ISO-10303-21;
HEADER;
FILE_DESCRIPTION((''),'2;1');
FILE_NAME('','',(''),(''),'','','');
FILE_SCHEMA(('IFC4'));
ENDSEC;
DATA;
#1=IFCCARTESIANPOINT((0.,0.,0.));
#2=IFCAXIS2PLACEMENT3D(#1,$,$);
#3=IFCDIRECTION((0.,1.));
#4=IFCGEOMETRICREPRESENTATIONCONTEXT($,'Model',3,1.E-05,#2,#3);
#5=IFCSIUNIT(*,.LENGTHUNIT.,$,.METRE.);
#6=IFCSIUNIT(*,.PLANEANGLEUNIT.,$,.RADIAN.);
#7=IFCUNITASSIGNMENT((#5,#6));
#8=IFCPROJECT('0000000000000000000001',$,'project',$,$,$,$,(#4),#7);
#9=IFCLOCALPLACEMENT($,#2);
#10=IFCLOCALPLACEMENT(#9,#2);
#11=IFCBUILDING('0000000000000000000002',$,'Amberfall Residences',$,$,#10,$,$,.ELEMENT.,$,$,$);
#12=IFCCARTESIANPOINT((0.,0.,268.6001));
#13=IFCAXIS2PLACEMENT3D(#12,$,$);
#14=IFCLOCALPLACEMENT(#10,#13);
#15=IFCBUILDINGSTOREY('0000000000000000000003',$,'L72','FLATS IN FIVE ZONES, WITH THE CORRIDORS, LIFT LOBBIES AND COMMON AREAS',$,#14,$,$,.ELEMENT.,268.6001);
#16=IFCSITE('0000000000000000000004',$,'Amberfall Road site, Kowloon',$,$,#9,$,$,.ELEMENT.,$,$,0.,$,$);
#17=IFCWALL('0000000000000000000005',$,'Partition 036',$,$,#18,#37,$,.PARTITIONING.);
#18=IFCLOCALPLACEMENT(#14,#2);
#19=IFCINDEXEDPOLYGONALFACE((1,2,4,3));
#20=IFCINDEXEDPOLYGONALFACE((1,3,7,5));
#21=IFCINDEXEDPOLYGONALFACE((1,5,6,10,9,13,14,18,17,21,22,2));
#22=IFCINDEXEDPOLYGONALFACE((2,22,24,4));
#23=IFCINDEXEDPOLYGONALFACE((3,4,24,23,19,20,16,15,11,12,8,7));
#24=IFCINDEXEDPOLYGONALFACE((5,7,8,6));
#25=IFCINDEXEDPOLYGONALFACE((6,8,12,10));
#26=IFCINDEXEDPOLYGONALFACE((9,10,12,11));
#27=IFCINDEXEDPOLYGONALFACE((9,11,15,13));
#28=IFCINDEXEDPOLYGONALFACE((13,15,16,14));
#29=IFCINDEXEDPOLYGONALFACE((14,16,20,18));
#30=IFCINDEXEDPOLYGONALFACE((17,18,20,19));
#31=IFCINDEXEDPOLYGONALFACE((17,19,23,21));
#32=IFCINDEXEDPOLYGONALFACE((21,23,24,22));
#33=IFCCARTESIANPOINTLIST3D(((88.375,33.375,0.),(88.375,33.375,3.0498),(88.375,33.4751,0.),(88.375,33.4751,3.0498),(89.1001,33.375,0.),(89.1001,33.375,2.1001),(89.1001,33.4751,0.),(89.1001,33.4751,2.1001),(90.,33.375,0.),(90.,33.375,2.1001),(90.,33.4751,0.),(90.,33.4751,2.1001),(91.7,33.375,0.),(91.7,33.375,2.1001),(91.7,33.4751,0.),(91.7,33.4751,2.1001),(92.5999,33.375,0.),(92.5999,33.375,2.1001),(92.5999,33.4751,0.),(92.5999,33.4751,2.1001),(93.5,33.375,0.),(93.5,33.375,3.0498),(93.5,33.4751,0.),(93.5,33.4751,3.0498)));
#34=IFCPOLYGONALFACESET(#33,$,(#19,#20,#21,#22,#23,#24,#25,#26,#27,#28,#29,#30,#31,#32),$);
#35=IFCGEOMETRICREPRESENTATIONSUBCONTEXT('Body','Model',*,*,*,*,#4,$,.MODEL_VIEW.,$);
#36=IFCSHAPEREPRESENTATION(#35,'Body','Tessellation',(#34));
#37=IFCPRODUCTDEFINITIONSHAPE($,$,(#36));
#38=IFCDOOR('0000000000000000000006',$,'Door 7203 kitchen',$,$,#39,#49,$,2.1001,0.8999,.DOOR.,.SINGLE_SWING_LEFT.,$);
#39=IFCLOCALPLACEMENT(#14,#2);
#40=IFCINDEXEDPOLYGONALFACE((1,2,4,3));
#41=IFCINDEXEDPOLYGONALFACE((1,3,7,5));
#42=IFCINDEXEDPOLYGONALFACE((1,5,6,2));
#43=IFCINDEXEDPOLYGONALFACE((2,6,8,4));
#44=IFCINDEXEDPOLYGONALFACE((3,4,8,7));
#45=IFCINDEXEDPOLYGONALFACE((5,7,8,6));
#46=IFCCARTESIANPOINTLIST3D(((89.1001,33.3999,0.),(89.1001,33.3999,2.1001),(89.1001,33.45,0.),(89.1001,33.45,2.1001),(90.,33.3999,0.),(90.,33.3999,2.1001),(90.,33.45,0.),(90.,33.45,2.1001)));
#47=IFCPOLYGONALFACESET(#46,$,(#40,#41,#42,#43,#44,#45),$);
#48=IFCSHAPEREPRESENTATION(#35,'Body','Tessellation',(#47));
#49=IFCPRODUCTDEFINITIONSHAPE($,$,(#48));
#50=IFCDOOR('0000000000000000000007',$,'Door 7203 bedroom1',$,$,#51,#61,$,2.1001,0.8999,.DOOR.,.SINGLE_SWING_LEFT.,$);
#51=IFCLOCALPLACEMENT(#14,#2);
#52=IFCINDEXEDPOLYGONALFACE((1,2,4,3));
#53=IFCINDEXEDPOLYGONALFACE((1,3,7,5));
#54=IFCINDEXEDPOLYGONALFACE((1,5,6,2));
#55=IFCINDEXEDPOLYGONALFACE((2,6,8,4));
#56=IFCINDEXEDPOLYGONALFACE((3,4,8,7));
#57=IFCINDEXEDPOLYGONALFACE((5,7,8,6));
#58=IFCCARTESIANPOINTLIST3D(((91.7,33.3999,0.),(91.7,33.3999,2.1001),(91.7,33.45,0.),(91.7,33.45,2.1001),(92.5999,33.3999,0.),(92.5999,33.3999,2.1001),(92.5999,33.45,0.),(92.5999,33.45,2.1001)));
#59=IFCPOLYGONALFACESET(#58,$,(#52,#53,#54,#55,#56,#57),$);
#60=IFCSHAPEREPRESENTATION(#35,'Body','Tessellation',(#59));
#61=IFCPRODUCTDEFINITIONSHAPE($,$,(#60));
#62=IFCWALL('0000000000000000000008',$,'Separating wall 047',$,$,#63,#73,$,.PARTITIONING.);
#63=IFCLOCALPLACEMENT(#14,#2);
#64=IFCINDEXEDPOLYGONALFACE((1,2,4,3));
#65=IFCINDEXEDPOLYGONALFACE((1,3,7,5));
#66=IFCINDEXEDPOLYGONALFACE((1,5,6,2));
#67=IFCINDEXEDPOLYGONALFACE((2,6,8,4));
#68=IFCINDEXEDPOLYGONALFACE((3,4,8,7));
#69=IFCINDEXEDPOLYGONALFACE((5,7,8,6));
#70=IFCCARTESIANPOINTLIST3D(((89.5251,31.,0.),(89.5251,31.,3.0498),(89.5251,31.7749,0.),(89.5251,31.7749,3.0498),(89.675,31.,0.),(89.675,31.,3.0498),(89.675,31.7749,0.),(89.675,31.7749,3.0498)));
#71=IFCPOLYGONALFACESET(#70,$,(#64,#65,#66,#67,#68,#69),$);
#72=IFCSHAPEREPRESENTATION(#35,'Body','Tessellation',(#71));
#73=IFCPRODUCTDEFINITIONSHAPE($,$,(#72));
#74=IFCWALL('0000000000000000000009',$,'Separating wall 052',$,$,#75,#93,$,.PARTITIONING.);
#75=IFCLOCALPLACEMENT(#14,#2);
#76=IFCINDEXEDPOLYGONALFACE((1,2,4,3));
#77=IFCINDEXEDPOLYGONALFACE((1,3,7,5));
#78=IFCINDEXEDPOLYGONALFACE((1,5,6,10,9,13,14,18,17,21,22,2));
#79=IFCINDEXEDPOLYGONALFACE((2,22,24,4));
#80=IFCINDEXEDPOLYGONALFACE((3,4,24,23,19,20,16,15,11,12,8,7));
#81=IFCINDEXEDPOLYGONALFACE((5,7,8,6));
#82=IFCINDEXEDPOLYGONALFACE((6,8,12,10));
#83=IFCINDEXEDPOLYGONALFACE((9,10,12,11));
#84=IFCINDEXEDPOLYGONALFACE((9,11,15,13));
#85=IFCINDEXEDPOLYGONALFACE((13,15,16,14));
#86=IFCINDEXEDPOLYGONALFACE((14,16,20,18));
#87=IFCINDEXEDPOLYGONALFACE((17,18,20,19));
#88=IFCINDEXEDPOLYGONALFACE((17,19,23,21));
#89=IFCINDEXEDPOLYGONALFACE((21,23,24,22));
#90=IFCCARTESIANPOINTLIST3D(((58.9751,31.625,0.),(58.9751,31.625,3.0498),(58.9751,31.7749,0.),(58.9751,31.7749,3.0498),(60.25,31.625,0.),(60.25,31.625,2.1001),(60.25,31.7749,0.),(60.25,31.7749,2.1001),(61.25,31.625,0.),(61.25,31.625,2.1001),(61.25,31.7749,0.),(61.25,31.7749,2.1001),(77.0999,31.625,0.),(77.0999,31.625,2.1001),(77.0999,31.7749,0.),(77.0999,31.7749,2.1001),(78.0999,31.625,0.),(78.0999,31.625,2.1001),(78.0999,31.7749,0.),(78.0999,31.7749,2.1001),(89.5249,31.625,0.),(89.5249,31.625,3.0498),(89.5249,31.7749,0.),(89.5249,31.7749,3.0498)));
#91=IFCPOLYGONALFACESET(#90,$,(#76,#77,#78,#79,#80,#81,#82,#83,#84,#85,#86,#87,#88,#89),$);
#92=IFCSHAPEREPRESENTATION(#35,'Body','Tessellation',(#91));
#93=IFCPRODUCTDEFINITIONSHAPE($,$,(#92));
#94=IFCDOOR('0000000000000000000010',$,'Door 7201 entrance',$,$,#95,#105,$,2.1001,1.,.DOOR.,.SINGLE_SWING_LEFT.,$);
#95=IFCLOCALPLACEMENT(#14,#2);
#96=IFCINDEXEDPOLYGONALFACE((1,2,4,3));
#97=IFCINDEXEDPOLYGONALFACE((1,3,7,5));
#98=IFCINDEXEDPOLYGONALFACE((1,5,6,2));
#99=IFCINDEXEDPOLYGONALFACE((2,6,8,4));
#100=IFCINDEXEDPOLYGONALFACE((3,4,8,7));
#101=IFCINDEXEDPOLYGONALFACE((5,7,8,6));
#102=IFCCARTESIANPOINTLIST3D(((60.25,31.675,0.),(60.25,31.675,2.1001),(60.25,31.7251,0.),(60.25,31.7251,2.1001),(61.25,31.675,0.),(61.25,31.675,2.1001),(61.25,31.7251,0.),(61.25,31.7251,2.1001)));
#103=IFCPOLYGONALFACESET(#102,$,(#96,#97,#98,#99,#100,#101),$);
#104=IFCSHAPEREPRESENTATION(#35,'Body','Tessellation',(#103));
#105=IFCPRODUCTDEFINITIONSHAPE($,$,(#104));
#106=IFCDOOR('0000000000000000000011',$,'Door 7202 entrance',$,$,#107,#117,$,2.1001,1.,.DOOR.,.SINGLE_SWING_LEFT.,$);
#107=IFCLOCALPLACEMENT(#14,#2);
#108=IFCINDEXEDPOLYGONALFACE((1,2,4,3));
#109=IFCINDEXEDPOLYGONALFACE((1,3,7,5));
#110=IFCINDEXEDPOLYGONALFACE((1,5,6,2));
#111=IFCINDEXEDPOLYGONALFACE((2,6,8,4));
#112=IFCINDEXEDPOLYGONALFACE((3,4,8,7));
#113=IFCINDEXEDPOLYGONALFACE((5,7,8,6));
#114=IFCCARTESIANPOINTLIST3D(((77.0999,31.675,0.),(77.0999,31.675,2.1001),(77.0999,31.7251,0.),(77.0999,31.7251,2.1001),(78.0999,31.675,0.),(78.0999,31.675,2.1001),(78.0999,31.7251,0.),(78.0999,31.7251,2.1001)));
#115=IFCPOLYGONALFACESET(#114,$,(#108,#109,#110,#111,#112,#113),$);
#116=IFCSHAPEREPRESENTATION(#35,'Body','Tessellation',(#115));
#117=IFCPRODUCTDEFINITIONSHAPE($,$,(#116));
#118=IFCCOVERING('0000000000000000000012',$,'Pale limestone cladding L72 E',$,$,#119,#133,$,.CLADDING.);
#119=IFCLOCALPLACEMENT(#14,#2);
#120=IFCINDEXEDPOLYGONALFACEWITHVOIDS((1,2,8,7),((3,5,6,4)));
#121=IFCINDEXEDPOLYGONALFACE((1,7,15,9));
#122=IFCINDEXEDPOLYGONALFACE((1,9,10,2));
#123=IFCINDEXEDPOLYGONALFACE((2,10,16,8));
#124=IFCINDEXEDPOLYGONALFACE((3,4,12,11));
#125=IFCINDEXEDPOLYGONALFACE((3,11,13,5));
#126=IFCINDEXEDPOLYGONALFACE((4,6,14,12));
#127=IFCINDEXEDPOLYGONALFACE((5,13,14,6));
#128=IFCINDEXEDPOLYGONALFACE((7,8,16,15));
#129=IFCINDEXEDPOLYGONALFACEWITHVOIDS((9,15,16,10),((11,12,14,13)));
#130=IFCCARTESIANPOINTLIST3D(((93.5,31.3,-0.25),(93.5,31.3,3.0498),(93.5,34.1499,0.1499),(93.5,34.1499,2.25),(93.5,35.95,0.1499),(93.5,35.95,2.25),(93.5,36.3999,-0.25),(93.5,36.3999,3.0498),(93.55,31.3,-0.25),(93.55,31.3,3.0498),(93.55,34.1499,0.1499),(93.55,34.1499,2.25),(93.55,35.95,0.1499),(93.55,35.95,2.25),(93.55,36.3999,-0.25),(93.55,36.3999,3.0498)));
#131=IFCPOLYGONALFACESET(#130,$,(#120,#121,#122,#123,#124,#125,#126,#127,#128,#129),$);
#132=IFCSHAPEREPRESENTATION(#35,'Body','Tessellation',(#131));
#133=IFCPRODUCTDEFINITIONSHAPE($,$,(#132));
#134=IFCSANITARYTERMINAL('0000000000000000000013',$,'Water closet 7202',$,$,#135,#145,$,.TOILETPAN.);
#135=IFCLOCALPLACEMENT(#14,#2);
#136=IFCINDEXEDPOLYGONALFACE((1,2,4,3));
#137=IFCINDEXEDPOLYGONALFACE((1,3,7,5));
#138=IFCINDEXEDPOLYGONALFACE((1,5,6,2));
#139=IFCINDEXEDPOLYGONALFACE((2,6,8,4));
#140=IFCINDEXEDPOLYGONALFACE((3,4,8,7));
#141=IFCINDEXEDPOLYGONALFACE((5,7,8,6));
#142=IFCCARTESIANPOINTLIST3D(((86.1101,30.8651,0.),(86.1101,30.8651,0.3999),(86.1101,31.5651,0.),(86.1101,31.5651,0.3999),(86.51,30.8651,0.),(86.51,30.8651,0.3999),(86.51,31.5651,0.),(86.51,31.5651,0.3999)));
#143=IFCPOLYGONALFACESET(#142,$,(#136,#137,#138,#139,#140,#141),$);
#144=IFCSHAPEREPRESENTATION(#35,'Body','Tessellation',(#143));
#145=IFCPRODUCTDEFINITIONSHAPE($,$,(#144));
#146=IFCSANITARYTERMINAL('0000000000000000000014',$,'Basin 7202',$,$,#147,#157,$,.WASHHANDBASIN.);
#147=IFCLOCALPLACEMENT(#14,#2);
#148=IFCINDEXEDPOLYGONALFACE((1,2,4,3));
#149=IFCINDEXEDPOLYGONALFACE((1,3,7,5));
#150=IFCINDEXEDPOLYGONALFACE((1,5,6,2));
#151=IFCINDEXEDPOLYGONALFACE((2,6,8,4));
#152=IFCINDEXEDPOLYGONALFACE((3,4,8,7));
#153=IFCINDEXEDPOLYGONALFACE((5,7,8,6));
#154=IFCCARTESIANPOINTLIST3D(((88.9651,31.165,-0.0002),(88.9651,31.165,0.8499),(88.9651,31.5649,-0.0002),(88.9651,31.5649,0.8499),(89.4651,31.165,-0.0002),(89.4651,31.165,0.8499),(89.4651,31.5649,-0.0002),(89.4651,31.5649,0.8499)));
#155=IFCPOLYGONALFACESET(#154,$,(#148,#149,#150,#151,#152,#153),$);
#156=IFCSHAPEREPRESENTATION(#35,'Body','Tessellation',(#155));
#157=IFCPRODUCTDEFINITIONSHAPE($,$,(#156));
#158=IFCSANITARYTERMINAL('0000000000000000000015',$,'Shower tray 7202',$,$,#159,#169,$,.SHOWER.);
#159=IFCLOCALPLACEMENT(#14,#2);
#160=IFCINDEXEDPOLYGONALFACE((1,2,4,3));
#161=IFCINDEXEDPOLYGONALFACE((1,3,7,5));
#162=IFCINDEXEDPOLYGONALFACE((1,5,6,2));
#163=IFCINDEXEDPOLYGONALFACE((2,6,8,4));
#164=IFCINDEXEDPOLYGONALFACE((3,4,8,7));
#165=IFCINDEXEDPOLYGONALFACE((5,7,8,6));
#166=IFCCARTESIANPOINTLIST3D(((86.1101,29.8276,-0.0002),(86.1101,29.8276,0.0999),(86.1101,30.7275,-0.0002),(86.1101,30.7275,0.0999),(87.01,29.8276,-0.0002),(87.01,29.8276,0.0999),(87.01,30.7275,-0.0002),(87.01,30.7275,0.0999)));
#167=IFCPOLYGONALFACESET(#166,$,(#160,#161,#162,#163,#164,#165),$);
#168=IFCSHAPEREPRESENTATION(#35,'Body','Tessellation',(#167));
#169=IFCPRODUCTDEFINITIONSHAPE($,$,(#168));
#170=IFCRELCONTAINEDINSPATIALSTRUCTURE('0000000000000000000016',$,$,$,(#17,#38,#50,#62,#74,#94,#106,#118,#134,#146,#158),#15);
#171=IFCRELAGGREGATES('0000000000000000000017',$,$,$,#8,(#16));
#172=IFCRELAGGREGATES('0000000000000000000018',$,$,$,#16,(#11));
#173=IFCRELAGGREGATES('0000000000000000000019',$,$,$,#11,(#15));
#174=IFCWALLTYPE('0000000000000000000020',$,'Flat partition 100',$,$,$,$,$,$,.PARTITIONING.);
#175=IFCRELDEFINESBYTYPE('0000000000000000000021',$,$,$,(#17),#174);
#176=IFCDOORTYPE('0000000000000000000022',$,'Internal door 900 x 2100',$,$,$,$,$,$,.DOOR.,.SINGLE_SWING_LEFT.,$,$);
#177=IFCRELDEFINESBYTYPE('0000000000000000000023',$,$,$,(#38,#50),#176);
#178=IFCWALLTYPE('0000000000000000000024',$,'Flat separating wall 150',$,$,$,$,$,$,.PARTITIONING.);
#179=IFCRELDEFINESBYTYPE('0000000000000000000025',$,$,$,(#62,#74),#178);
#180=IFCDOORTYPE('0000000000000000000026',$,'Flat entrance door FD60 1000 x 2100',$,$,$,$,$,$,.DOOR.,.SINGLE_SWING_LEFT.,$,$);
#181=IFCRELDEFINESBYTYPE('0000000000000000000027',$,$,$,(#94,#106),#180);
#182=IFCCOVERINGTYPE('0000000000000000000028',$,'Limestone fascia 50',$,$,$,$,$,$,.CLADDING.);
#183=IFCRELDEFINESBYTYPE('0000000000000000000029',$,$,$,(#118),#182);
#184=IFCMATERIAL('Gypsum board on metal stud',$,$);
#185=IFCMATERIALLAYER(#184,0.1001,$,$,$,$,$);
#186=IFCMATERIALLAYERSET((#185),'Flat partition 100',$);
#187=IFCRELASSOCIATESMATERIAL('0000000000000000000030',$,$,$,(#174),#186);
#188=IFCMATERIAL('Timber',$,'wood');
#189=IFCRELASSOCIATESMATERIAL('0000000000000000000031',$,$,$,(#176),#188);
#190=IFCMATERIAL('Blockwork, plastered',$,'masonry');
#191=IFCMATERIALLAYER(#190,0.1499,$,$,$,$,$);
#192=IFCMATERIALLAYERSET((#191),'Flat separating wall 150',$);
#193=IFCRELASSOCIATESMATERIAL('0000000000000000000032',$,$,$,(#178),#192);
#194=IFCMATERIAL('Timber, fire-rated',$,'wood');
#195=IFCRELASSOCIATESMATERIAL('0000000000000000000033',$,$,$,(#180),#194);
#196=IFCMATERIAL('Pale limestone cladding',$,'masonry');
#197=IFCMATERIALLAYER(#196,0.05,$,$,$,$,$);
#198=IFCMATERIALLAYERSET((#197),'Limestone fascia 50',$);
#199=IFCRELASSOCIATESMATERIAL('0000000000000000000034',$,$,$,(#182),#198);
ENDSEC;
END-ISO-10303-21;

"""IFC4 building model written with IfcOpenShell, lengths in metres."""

from ifc_helpers import new_model, si_unit, direction, frame, frame_2d, origin, origin_2d, place, context, subcontext, project, spatial, polyline, rectangle, outline, extrude, material, layer, layer_set, type_object, element, fill, save


model = new_model("IFC4")

# Units and contexts
model_context = context("Model", 3, precision=1e-05, world=origin(), true_north=direction((0.0, 1.0)))
body_context = subcontext(model_context, "Body", "Model", "MODEL_VIEW")
ifc_project = project(units=[si_unit("LENGTHUNIT", "METRE"), si_unit("PLANEANGLEUNIT", "RADIAN")], contexts=[model_context])

# Site, building, storey
site_placement = place(None, origin())
site = spatial("IfcSite", under=ifc_project, at=site_placement, Name="Amberfall Road site, Kowloon", CompositionType="ELEMENT", RefElevation=0.0)
building_placement = place(site_placement, origin())
building = spatial("IfcBuilding", under=site, at=building_placement, Name="Amberfall Residences", CompositionType="ELEMENT")
storey_placement = place(building_placement, frame((0.0, 0.0, 268.6001)))
storey = spatial("IfcBuildingStorey", under=building, at=storey_placement, Name="L72", Description="FLATS IN FIVE ZONES, WITH THE CORRIDORS, LIFT LOBBIES AND COMMON AREAS", CompositionType="ELEMENT", Elevation=268.6001)

# Shared definitions
ifc_material_1 = material(Name="Gypsum board on metal stud")
ifc_layer_1 = layer(ifc_material_1, 0.1001)
ifc_layer_set_1 = layer_set([ifc_layer_1], Name="Flat partition 100")
wall_type_1 = type_object("IfcWallType", Name="Flat partition 100", PredefinedType="PARTITIONING", material=ifc_layer_set_1)
ifc_material_2 = material(Name="Timber", Category="wood")

# Wall, openings, doors
wall_1_placement = place(storey_placement, frame((88.375, 33.425, 0.0), z_axis=(0.0, 0.0, 1.0), x_axis=(1.0, 0.0, 0.0)))
wall_1 = element("IfcWall", 1, at=wall_1_placement, inside=storey, type_object=wall_type_1, Name="Partition 036", PredefinedType="PARTITIONING", context=body_context, shape_type="SweptSolid", body=[
    extrude(rectangle(XDim=5.125, YDim=0.1001, at=frame_2d((2.5625, 0.0))), origin(), (0.0, 0.0, 1.0), 3.0498),
])
opening_1_placement = place(wall_1_placement, frame((0.7251, 0.0, 0.0)))
opening_1 = element("IfcOpeningElement", 2, at=opening_1_placement, cuts=wall_1, PredefinedType="OPENING", context=body_context, shape_type="SweptSolid", body=[
    extrude(rectangle(XDim=0.8999, YDim=2.1001, at=frame_2d((0.45, 1.05))), frame((0.0, 0.0601, 0.0), z_axis=(0.0, -1.0, 0.0), x_axis=(1.0, 0.0, 0.0)), (0.0, 0.0, 1.0), 0.1201),
])
opening_2_placement = place(wall_1_placement, frame((3.325, 0.0, 0.0)))
opening_2 = element("IfcOpeningElement", 3, at=opening_2_placement, cuts=wall_1, PredefinedType="OPENING", context=body_context, shape_type="SweptSolid", body=[
    extrude(rectangle(XDim=0.8999, YDim=2.1001, at=frame_2d((0.45, 1.05))), frame((0.0, 0.0601, 0.0), z_axis=(0.0, -1.0, 0.0), x_axis=(1.0, 0.0, 0.0)), (0.0, 0.0, 1.0), 0.1201),
])
door_type_1 = type_object("IfcDoorType", Name="Internal door 900 x 2100", OperationType="SINGLE_SWING_LEFT", PredefinedType="DOOR", material=ifc_material_2)
door_1_placement = place(opening_1_placement, origin())
door_1 = element("IfcDoor", 4, at=door_1_placement, inside=storey, type_object=door_type_1, Name="Door 7203 kitchen", OperationType="SINGLE_SWING_LEFT", OverallHeight=2.1001, OverallWidth=0.8999, PredefinedType="DOOR", context=body_context, shape_type="SweptSolid", body=[
    extrude(rectangle(XDim=0.8999, YDim=2.1001, at=frame_2d((0.45, 1.05))), frame((0.0, 0.0249, 0.0), z_axis=(0.0, -1.0, 0.0), x_axis=(1.0, 0.0, 0.0)), (0.0, 0.0, 1.0), 0.05),
])
fill(opening_1, door_1)
door_2_placement = place(opening_2_placement, origin())
door_2 = element("IfcDoor", 5, at=door_2_placement, inside=storey, type_object=door_type_1, Name="Door 7203 bedroom1", OperationType="SINGLE_SWING_LEFT", OverallHeight=2.1001, OverallWidth=0.8999, PredefinedType="DOOR", context=body_context, shape_type="SweptSolid", body=[
    extrude(rectangle(XDim=0.8999, YDim=2.1001, at=frame_2d((0.45, 1.05))), frame((0.0, 0.0249, 0.0), z_axis=(0.0, -1.0, 0.0), x_axis=(1.0, 0.0, 0.0)), (0.0, 0.0, 1.0), 0.05),
])
fill(opening_2, door_2)

# Wall
ifc_material_3 = material(Name="Blockwork, plastered", Category="masonry")
ifc_layer_2 = layer(ifc_material_3, 0.1499)
ifc_layer_set_2 = layer_set([ifc_layer_2], Name="Flat separating wall 150")
wall_type_2 = type_object("IfcWallType", Name="Flat separating wall 150", PredefinedType="PARTITIONING", material=ifc_layer_set_2)
wall_2_placement = place(storey_placement, frame((89.6001, 31.0, 0.0), z_axis=(0.0, 0.0, 1.0), x_axis=(0.0, 1.0, 0.0)))
element("IfcWall", 6, at=wall_2_placement, inside=storey, type_object=wall_type_2, Name="Separating wall 047", PredefinedType="PARTITIONING", context=body_context, shape_type="SweptSolid", body=[
    extrude(rectangle(XDim=0.7749, YDim=0.1499, at=frame_2d((0.3875, 0.0))), origin(), (0.0, 0.0, 1.0), 3.0498),
])

# Wall, openings, doors
wall_3_placement = place(storey_placement, frame((89.5249, 31.7, 0.0), z_axis=(0.0, 0.0, 1.0), x_axis=(-1.0, 0.0, 0.0)))
wall_3 = element("IfcWall", 7, at=wall_3_placement, inside=storey, type_object=wall_type_2, Name="Separating wall 052", PredefinedType="PARTITIONING", context=body_context, shape_type="SweptSolid", body=[
    extrude(rectangle(XDim=30.5498, YDim=0.1499, at=frame_2d((15.2749, 0.0))), origin(), (0.0, 0.0, 1.0), 3.0498),
])
opening_3_placement = place(wall_3_placement, frame((28.2749, 0.0, 0.0)))
opening_3 = element("IfcOpeningElement", 8, at=opening_3_placement, cuts=wall_3, PredefinedType="OPENING", context=body_context, shape_type="SweptSolid", body=[
    extrude(rectangle(XDim=1.0, YDim=2.1001, at=frame_2d((0.5, 1.05))), frame((0.0, 0.085, 0.0), z_axis=(0.0, -1.0, 0.0), x_axis=(1.0, 0.0, 0.0)), (0.0, 0.0, 1.0), 0.1699),
])
opening_4_placement = place(wall_3_placement, frame((11.425, 0.0, 0.0)))
opening_4 = element("IfcOpeningElement", 9, at=opening_4_placement, cuts=wall_3, PredefinedType="OPENING", context=body_context, shape_type="SweptSolid", body=[
    extrude(rectangle(XDim=1.0, YDim=2.1001, at=frame_2d((0.5, 1.05))), frame((0.0, 0.085, 0.0), z_axis=(0.0, -1.0, 0.0), x_axis=(1.0, 0.0, 0.0)), (0.0, 0.0, 1.0), 0.1699),
])
ifc_material_4 = material(Name="Timber, fire-rated", Category="wood")
door_type_2 = type_object("IfcDoorType", Name="Flat entrance door FD60 1000 x 2100", OperationType="SINGLE_SWING_LEFT", PredefinedType="DOOR", material=ifc_material_4)
door_3_placement = place(opening_3_placement, origin())
door_3 = element("IfcDoor", 10, at=door_3_placement, inside=storey, type_object=door_type_2, Name="Door 7201 entrance", OperationType="SINGLE_SWING_LEFT", OverallHeight=2.1001, OverallWidth=1.0, PredefinedType="DOOR", context=body_context, shape_type="SweptSolid", body=[
    extrude(rectangle(XDim=1.0, YDim=2.1001, at=frame_2d((0.5, 1.05))), frame((0.0, 0.0249, 0.0), z_axis=(0.0, -1.0, 0.0), x_axis=(1.0, 0.0, 0.0)), (0.0, 0.0, 1.0), 0.05),
])
fill(opening_3, door_3)
door_4_placement = place(opening_4_placement, origin())
door_4 = element("IfcDoor", 11, at=door_4_placement, inside=storey, type_object=door_type_2, Name="Door 7202 entrance", OperationType="SINGLE_SWING_LEFT", OverallHeight=2.1001, OverallWidth=1.0, PredefinedType="DOOR", context=body_context, shape_type="SweptSolid", body=[
    extrude(rectangle(XDim=1.0, YDim=2.1001, at=frame_2d((0.5, 1.05))), frame((0.0, 0.0249, 0.0), z_axis=(0.0, -1.0, 0.0), x_axis=(1.0, 0.0, 0.0)), (0.0, 0.0, 1.0), 0.05),
])
fill(opening_4, door_4)

# Covering
ifc_material_5 = material(Name="Pale limestone cladding", Category="masonry")
ifc_layer_3 = layer(ifc_material_5, 0.05)
ifc_layer_set_3 = layer_set([ifc_layer_3], Name="Limestone fascia 50")
covering_type = type_object("IfcCoveringType", Name="Limestone fascia 50", PredefinedType="CLADDING", material=ifc_layer_set_3)
covering_placement = place(storey_placement, frame((93.5, 31.3, 3.0498), z_axis=(-1.0, 0.0, 0.0), x_axis=(0.0, 1.0, 0.0)))
element("IfcCovering", 12, at=covering_placement, inside=storey, type_object=covering_type, Name="Pale limestone cladding L72 E", PredefinedType="CLADDING", context=body_context, shape_type="SweptSolid", body=[
    extrude(outline(polyline([(0.0, 0.0), (5.0999, 0.0), (5.0999, 3.2998), (0.0, 3.2998), (0.0, 0.0)]), holes=[polyline([(2.8499, 0.7998), (4.6499, 0.7998), (4.6499, 2.8999), (2.8499, 2.8999), (2.8499, 0.7998)])]), origin(), (0.0, 0.0, -1.0), 0.05),
])

# Sanitary terminals
sanitary_terminal_1_placement = place(storey_placement, frame((86.3101, 31.2151, 0.0), z_axis=(0.0, 0.0, 1.0), x_axis=(1.0, 0.0, 0.0)))
element("IfcSanitaryTerminal", 13, at=sanitary_terminal_1_placement, inside=storey, Name="Water closet 7202", PredefinedType="TOILETPAN", context=body_context, shape_type="SweptSolid", body=[
    extrude(rectangle(XDim=0.3999, YDim=0.7, at=origin_2d()), origin(), (0.0, 0.0, 1.0), 0.3999),
])
sanitary_terminal_2_placement = place(storey_placement, frame((89.2151, 31.365, -0.0002), z_axis=(0.0, 0.0, 1.0), x_axis=(1.0, 0.0, 0.0)))
element("IfcSanitaryTerminal", 14, at=sanitary_terminal_2_placement, inside=storey, Name="Basin 7202", PredefinedType="WASHHANDBASIN", context=body_context, shape_type="SweptSolid", body=[
    extrude(rectangle(XDim=0.5, YDim=0.3999, at=origin_2d()), origin(), (0.0, 0.0, 1.0), 0.8501),
])
sanitary_terminal_3_placement = place(storey_placement, frame((86.5601, 30.2776, -0.0002), z_axis=(0.0, 0.0, 1.0), x_axis=(1.0, 0.0, 0.0)))
element("IfcSanitaryTerminal", 15, at=sanitary_terminal_3_placement, inside=storey, Name="Shower tray 7202", PredefinedType="SHOWER", context=body_context, shape_type="SweptSolid", body=[
    extrude(rectangle(XDim=0.8999, YDim=0.8999, at=origin_2d()), origin(), (0.0, 0.0, 1.0), 0.1001),
])

save(model, "model.ifc")
